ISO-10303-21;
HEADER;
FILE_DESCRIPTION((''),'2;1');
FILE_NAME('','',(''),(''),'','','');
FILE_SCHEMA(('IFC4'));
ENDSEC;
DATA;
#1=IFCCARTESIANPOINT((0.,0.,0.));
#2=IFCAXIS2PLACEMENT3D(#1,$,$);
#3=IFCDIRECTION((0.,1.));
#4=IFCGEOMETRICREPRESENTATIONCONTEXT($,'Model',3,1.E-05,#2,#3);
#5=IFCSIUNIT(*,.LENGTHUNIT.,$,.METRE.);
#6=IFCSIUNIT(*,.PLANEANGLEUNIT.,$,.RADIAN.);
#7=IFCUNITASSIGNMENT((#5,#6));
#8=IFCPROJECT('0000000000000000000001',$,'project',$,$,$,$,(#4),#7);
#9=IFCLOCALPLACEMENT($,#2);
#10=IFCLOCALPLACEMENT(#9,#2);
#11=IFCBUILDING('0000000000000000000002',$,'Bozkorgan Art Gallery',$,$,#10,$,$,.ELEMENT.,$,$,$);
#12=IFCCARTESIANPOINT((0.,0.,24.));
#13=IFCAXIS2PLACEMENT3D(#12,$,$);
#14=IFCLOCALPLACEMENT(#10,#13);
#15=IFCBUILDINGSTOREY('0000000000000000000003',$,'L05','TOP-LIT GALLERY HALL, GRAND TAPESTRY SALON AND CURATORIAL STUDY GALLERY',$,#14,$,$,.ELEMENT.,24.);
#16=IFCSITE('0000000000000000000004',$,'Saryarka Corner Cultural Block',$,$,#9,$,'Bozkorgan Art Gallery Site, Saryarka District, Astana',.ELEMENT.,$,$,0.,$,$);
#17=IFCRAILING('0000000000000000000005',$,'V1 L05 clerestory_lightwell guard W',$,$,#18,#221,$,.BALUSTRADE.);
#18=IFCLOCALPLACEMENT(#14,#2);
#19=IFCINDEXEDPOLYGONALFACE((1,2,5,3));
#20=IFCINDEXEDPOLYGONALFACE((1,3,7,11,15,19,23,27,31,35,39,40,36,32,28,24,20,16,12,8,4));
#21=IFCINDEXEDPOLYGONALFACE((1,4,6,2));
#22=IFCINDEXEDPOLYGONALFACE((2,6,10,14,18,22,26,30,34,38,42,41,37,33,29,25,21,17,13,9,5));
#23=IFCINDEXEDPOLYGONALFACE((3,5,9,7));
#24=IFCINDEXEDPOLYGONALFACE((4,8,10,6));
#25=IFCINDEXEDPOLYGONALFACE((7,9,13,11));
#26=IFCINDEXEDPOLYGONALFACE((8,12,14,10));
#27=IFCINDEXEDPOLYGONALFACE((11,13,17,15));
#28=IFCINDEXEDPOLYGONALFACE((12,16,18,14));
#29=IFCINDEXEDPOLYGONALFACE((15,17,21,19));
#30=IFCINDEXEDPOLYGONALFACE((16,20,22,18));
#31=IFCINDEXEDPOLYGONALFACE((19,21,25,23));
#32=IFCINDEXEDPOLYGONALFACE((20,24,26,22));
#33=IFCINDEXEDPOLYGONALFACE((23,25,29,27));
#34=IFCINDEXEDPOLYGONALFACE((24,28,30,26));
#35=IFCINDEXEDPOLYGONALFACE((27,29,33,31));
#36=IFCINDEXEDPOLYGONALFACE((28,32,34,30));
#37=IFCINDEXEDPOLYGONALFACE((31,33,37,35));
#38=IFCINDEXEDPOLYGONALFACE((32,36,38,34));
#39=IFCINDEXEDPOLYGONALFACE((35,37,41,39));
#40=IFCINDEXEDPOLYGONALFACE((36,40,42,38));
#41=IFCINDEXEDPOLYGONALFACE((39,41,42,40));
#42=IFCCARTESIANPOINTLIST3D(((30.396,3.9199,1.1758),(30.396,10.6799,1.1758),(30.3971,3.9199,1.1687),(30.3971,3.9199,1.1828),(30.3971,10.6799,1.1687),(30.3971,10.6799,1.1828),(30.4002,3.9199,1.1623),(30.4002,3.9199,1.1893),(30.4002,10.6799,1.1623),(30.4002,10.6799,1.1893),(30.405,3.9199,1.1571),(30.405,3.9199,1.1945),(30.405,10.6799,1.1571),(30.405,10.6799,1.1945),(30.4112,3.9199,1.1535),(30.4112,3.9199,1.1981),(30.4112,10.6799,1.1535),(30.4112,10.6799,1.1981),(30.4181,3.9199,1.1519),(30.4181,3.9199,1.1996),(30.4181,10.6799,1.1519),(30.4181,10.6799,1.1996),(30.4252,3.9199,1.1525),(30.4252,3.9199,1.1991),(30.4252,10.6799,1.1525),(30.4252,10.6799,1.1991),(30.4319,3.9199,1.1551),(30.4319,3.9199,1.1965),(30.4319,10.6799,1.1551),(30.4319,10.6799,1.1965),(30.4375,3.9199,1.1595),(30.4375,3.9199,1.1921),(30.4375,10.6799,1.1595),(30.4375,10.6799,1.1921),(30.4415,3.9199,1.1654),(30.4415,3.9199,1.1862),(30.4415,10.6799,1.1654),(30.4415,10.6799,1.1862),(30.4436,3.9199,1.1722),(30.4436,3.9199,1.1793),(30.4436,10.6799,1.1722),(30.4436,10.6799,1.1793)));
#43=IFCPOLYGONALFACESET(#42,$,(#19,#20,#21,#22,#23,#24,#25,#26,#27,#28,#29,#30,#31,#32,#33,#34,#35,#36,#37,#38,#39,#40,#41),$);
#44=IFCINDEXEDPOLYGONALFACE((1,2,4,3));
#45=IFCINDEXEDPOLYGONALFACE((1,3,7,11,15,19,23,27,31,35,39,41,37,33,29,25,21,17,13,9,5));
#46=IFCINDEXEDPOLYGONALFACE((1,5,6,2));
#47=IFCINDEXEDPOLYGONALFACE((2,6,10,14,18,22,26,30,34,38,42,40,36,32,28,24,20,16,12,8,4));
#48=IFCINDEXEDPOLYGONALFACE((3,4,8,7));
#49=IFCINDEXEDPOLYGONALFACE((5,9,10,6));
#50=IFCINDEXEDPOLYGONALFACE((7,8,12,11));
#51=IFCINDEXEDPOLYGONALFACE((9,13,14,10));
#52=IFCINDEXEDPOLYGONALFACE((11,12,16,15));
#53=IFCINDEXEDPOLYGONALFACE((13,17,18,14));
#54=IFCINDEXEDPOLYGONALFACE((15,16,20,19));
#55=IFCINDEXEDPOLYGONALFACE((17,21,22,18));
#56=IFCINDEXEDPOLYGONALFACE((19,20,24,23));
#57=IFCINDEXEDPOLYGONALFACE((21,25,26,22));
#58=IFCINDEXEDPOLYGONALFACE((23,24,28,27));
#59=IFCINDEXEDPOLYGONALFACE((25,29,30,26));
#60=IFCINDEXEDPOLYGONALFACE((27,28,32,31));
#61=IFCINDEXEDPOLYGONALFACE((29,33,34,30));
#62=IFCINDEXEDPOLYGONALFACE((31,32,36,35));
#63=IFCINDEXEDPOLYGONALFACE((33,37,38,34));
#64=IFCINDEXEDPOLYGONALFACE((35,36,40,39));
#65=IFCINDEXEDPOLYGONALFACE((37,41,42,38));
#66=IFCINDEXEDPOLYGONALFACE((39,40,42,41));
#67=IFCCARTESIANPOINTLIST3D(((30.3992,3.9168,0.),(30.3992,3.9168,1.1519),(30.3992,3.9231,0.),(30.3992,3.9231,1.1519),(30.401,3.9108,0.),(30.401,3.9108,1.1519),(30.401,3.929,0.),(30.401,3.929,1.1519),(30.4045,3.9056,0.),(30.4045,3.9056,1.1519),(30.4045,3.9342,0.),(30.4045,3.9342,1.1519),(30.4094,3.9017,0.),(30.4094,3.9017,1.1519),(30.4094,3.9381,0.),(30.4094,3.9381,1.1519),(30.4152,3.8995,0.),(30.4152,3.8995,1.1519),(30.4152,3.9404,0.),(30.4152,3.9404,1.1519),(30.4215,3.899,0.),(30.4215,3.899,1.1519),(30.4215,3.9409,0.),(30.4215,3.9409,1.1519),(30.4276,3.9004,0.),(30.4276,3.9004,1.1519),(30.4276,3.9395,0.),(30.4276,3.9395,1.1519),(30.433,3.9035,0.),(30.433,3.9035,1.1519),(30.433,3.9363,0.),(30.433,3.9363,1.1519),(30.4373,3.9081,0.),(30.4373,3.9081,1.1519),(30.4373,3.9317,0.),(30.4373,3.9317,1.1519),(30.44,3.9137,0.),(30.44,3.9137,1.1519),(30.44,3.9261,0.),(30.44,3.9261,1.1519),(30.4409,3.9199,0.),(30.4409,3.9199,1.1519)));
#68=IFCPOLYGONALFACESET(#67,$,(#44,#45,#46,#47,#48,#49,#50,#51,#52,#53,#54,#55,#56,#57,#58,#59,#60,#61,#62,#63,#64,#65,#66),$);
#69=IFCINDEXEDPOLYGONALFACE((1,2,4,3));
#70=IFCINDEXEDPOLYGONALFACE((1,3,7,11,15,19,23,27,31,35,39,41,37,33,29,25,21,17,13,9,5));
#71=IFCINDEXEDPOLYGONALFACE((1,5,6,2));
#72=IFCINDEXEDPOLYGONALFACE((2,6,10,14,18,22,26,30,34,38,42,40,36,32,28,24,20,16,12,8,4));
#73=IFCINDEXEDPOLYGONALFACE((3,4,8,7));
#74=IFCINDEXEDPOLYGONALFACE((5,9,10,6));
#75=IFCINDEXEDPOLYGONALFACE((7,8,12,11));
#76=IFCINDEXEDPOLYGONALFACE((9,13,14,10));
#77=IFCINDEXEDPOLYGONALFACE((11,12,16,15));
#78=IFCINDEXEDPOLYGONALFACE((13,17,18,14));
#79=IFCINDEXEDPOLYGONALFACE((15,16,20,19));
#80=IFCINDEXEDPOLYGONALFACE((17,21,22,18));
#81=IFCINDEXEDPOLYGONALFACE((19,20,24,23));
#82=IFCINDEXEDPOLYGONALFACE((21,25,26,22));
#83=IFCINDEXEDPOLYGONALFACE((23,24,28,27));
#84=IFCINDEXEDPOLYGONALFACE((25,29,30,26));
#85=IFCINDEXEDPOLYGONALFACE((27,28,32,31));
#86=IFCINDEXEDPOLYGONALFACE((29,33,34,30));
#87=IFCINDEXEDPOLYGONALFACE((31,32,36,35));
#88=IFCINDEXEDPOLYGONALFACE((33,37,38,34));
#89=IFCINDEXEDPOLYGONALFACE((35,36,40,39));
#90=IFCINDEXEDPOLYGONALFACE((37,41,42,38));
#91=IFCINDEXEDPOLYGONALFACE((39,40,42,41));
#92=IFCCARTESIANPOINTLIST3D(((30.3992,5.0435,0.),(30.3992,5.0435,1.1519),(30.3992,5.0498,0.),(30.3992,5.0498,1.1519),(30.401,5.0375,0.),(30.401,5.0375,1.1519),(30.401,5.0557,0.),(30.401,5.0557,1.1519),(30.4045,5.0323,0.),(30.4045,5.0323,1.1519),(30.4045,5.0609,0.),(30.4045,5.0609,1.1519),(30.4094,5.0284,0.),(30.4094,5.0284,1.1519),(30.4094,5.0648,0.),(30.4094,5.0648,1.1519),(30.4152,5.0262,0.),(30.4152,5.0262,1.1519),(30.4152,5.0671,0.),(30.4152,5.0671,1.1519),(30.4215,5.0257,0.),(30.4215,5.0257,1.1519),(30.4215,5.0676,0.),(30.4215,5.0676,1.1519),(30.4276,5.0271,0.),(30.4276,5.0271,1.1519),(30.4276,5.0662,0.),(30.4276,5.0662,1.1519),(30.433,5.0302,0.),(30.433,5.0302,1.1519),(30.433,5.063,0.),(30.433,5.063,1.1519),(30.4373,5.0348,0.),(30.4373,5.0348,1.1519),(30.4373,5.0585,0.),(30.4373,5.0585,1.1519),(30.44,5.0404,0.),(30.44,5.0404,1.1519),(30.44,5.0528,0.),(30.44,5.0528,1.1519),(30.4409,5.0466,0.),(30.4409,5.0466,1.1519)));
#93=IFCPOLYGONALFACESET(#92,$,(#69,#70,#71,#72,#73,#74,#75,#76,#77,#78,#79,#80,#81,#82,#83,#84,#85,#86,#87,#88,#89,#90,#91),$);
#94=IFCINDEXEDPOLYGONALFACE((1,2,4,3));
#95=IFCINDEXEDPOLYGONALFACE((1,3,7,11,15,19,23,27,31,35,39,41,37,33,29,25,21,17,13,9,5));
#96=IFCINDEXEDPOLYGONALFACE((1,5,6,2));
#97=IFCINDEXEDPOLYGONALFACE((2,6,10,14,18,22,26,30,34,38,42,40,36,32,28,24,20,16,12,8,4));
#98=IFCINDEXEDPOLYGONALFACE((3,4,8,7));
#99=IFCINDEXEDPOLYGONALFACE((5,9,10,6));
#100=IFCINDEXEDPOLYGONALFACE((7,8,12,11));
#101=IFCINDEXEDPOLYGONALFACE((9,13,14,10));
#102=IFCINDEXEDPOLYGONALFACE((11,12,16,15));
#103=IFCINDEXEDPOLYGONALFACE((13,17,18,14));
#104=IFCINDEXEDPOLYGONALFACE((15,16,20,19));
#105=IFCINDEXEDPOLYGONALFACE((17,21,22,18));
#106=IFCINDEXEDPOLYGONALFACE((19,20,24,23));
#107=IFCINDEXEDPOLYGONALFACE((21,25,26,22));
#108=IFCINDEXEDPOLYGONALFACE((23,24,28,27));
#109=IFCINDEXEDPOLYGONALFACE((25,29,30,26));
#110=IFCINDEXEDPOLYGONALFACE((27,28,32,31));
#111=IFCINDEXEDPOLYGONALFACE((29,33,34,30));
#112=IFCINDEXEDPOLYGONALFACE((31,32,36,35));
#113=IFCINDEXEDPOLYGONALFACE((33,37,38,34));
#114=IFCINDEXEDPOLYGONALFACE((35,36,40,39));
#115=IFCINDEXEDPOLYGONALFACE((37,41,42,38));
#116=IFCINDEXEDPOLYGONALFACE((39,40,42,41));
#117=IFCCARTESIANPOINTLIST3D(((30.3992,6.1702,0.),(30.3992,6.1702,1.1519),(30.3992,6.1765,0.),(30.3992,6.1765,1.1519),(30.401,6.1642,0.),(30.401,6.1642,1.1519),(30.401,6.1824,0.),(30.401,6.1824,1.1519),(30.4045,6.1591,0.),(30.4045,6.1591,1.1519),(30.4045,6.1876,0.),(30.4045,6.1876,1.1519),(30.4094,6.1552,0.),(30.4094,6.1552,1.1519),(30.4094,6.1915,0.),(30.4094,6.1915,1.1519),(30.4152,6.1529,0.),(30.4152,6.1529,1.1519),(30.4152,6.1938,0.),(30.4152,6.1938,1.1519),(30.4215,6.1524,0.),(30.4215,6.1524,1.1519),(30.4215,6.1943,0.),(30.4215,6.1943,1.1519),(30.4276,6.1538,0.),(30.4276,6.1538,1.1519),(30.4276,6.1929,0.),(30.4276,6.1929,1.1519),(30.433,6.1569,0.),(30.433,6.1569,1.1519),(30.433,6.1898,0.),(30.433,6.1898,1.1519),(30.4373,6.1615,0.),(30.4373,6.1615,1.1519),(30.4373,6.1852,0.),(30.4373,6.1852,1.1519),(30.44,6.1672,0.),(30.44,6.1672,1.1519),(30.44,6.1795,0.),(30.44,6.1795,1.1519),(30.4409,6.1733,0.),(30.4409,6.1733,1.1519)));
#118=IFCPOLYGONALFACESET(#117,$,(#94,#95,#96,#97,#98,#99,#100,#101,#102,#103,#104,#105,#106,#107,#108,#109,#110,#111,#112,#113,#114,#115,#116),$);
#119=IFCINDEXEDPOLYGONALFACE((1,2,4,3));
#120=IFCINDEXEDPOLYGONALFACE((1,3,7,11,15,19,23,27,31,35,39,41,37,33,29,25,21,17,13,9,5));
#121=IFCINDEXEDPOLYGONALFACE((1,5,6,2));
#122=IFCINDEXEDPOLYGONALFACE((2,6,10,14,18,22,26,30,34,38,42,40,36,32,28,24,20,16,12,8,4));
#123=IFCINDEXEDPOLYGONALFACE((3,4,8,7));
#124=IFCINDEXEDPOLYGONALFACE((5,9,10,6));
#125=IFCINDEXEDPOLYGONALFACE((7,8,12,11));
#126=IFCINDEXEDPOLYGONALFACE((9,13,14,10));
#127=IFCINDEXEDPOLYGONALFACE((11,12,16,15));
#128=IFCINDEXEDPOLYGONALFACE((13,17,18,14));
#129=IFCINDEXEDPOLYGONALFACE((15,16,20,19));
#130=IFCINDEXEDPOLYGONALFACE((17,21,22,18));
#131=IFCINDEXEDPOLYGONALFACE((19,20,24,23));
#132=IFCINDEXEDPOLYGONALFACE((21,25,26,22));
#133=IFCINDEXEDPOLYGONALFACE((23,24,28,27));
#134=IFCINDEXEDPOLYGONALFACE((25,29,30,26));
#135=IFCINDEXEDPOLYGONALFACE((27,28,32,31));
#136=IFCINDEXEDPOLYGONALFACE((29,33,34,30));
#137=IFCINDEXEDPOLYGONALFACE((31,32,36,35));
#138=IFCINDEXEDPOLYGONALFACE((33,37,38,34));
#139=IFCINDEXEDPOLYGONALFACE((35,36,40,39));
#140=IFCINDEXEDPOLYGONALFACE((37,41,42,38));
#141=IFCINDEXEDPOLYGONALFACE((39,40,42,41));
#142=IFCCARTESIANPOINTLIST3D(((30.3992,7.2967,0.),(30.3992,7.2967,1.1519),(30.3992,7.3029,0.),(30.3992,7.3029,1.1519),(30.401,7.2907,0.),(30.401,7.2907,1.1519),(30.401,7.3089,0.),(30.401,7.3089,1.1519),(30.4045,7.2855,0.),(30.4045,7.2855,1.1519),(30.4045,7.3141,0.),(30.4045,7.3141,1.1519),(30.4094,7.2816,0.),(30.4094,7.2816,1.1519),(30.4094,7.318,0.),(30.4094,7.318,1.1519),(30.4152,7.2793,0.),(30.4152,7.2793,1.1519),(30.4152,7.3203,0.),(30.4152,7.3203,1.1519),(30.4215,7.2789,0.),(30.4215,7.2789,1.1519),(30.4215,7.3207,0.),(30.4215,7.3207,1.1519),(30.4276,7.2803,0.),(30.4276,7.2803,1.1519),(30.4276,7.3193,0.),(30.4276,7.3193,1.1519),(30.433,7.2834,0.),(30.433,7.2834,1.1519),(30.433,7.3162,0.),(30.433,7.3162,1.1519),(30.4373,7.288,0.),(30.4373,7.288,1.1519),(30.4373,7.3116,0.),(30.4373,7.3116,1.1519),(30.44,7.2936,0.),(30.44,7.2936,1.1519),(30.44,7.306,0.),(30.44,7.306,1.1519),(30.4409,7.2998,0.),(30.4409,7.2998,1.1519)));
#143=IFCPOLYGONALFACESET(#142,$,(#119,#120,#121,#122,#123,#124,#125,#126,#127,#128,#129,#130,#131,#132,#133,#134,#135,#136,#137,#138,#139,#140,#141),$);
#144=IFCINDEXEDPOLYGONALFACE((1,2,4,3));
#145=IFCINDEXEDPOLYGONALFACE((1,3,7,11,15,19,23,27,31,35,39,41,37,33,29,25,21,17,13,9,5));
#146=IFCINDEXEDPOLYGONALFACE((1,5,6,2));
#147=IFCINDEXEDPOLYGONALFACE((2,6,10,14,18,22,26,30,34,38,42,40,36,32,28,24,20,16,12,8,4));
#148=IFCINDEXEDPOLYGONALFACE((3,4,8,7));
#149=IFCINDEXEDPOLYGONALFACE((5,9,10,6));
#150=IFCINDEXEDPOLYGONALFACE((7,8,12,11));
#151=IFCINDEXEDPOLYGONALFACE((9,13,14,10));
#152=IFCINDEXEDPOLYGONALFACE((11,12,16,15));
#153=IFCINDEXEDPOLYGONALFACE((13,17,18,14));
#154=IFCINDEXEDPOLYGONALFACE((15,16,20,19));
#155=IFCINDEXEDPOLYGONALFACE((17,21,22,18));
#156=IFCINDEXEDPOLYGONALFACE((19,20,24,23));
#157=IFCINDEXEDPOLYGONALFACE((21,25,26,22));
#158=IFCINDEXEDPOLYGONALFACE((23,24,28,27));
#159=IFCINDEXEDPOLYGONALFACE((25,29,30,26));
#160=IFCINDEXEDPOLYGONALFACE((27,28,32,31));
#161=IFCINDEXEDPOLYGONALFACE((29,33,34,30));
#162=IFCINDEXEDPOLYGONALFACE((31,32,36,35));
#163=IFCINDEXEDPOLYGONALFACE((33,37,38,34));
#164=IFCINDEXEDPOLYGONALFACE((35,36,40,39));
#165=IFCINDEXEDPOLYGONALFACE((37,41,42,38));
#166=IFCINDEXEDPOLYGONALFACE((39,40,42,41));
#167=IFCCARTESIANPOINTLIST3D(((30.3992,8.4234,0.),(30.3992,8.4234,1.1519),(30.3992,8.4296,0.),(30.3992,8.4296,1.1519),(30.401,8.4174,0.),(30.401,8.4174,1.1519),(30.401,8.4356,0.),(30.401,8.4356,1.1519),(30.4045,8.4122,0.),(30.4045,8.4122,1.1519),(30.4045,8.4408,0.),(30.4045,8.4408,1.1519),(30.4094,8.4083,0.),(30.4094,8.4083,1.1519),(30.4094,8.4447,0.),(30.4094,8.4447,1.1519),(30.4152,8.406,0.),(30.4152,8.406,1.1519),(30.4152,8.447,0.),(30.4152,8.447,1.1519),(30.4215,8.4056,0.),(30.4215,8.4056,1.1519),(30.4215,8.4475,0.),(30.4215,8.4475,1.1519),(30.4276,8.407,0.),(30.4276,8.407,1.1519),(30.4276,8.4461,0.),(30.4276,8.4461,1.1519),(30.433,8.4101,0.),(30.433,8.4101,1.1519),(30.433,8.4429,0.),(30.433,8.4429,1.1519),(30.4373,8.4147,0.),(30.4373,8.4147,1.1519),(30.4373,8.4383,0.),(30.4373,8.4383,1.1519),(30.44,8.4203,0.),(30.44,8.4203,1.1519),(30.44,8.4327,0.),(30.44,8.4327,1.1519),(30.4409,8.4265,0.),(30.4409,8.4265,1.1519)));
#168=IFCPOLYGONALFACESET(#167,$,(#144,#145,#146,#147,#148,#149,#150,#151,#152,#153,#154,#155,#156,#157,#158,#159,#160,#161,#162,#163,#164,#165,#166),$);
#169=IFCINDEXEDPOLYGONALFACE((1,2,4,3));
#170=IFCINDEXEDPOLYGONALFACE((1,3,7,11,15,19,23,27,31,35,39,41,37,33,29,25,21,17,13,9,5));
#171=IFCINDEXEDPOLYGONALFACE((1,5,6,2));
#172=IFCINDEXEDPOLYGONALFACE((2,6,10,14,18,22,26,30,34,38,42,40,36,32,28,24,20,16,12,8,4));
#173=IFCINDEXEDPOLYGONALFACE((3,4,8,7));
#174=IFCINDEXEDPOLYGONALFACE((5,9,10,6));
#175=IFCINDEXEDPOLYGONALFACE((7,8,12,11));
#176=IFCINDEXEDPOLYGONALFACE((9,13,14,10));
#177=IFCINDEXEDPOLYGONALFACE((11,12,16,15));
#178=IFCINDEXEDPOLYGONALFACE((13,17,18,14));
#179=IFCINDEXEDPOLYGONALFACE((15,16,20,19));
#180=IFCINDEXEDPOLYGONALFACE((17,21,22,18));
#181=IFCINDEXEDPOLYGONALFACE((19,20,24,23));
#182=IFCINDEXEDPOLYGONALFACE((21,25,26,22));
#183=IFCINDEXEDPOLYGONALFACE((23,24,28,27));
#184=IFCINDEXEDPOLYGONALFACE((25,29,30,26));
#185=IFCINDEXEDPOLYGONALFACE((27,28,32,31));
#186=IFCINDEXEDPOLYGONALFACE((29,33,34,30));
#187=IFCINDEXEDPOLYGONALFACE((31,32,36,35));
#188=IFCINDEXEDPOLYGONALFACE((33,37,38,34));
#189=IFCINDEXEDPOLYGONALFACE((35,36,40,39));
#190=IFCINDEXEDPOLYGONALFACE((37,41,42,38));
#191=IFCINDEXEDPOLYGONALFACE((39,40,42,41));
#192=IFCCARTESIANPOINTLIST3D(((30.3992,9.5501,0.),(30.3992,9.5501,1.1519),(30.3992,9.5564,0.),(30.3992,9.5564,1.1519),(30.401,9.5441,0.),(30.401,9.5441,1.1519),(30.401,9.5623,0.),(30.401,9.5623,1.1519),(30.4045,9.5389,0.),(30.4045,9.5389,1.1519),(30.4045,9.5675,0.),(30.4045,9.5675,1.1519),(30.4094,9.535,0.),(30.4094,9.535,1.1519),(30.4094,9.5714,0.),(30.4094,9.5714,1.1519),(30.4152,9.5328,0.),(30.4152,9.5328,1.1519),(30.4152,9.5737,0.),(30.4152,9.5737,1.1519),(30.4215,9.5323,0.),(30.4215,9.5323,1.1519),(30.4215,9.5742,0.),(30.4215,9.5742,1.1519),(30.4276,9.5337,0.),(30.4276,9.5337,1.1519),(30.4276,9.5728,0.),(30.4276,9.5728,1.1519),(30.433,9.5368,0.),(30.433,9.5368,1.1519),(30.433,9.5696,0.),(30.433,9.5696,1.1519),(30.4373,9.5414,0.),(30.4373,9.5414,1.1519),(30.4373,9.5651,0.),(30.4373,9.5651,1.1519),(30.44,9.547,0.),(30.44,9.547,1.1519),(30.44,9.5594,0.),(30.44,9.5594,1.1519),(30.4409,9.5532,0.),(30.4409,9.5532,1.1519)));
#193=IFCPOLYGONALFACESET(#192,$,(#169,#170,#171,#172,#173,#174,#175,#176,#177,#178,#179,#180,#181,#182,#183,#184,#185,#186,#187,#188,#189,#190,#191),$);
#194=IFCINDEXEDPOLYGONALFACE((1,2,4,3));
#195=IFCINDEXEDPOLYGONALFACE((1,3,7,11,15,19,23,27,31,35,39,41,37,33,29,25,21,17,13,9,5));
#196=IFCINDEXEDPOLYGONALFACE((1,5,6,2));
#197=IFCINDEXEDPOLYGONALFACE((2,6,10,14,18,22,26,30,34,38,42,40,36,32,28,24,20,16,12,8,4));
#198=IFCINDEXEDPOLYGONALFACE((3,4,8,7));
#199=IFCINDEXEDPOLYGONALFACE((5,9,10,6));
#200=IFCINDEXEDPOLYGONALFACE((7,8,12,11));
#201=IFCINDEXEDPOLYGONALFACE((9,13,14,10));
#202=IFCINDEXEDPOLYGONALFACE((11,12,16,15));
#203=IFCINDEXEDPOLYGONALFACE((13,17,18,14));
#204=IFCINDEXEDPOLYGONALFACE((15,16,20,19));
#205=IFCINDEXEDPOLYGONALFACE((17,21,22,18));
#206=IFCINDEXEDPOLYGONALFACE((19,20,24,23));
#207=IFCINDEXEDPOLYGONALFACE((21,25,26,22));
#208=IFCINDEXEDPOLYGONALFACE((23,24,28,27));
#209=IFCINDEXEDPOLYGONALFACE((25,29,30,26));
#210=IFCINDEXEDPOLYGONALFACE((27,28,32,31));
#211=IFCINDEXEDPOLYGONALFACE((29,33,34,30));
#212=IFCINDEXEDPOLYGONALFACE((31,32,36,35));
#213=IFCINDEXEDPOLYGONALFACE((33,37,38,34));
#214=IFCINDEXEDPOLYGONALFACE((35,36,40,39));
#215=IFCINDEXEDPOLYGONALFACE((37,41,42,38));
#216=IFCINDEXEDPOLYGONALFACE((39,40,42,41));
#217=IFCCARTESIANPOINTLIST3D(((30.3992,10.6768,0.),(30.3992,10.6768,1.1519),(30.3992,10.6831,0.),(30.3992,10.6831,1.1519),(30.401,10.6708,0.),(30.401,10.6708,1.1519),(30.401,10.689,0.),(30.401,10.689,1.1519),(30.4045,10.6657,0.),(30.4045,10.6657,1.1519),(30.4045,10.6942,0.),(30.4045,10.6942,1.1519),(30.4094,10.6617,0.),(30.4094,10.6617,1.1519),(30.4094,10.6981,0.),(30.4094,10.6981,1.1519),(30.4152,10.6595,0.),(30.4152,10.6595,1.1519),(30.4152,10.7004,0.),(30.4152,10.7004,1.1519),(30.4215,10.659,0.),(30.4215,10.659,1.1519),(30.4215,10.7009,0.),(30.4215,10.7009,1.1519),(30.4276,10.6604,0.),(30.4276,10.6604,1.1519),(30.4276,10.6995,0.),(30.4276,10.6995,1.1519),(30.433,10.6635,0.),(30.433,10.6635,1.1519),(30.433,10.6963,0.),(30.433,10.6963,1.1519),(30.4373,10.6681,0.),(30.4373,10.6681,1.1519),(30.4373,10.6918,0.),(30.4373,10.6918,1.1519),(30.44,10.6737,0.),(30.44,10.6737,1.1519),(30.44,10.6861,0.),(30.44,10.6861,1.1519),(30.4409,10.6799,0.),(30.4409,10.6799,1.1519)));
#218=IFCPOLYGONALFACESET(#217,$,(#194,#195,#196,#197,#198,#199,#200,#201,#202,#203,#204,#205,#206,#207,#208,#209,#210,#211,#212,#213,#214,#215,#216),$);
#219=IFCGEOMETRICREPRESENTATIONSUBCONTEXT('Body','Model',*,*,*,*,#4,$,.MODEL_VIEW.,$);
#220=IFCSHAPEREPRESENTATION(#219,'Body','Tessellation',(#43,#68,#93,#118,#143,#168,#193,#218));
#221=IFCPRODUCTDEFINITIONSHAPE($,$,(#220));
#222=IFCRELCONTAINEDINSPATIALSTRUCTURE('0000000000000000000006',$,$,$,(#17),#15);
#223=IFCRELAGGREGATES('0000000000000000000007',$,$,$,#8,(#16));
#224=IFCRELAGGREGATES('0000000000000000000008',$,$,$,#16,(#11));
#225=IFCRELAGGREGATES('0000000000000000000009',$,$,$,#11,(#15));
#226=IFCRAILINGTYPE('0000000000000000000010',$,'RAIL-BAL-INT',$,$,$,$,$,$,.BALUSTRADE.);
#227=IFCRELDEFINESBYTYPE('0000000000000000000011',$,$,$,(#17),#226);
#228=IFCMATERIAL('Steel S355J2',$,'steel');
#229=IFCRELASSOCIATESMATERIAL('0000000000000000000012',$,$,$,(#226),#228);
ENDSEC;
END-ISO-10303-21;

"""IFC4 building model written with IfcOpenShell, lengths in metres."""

from ifc_helpers import new_model, si_unit, direction, frame, origin, origin_2d, place, context, subcontext, project, spatial, circle, extrude, material, type_object, element, save


model = new_model("IFC4")

# Units and contexts
model_context = context("Model", 3, precision=1e-05, world=origin(), true_north=direction((0.0, 1.0)))
body_context = subcontext(model_context, "Body", "Model", "MODEL_VIEW")
ifc_project = project(units=[si_unit("LENGTHUNIT", "METRE"), si_unit("PLANEANGLEUNIT", "RADIAN")], contexts=[model_context])

# Site, building, storey
site_placement = place(None, origin())
site = spatial("IfcSite", under=ifc_project, at=site_placement, Name="Saryarka Corner Cultural Block", LongName="Bozkorgan Art Gallery Site, Saryarka District, Astana", CompositionType="ELEMENT", RefElevation=0.0)
building_placement = place(site_placement, origin())
building = spatial("IfcBuilding", under=site, at=building_placement, Name="Bozkorgan Art Gallery", CompositionType="ELEMENT")
storey_placement = place(building_placement, frame((0.0, 0.0, 24.0)))
storey = spatial("IfcBuildingStorey", under=building, at=storey_placement, Name="L05", Description="TOP-LIT GALLERY HALL, GRAND TAPESTRY SALON AND CURATORIAL STUDY GALLERY", CompositionType="ELEMENT", Elevation=24.0)

# Shared definitions
ifc_material_1 = material(Name="Steel S355J2", Category="steel")

# Railing
railing_type = type_object("IfcRailingType", Name="RAIL-BAL-INT", PredefinedType="BALUSTRADE", material=ifc_material_1)
railing_1_placement = place(storey_placement, frame((30.4199, 3.9199, 0.0)))
element("IfcRailing", 1, at=railing_1_placement, inside=storey, type_object=railing_type, Name="V1 L05 clerestory_lightwell guard W", PredefinedType="BALUSTRADE", context=body_context, shape_type="SweptSolid", body=[
    extrude(circle(Radius=0.0239, at=origin_2d()), frame((0.0, 0.0, 1.1758), z_axis=(0.0, 1.0, 0.0), x_axis=(-1.0, 0.0, 0.0)), (0.0, 0.0, 1.0), 6.76),
    extrude(circle(Radius=0.021, at=origin_2d()), origin(), (0.0, 0.0, 1.0), 1.1519),
    extrude(circle(Radius=0.021, at=origin_2d()), frame((0.0, 1.1267, 0.0)), (0.0, 0.0, 1.0), 1.1519),
    extrude(circle(Radius=0.021, at=origin_2d()), frame((0.0, 2.2534, 0.0)), (0.0, 0.0, 1.0), 1.1519),
    extrude(circle(Radius=0.021, at=origin_2d()), frame((0.0, 3.3799, 0.0)), (0.0, 0.0, 1.0), 1.1519),
    extrude(circle(Radius=0.021, at=origin_2d()), frame((0.0, 4.5066, 0.0)), (0.0, 0.0, 1.0), 1.1519),
    extrude(circle(Radius=0.021, at=origin_2d()), frame((0.0, 5.6333, 0.0)), (0.0, 0.0, 1.0), 1.1519),
    extrude(circle(Radius=0.021, at=origin_2d()), frame((0.0, 6.76, 0.0)), (0.0, 0.0, 1.0), 1.1519),
])

save(model, "model.ifc")
